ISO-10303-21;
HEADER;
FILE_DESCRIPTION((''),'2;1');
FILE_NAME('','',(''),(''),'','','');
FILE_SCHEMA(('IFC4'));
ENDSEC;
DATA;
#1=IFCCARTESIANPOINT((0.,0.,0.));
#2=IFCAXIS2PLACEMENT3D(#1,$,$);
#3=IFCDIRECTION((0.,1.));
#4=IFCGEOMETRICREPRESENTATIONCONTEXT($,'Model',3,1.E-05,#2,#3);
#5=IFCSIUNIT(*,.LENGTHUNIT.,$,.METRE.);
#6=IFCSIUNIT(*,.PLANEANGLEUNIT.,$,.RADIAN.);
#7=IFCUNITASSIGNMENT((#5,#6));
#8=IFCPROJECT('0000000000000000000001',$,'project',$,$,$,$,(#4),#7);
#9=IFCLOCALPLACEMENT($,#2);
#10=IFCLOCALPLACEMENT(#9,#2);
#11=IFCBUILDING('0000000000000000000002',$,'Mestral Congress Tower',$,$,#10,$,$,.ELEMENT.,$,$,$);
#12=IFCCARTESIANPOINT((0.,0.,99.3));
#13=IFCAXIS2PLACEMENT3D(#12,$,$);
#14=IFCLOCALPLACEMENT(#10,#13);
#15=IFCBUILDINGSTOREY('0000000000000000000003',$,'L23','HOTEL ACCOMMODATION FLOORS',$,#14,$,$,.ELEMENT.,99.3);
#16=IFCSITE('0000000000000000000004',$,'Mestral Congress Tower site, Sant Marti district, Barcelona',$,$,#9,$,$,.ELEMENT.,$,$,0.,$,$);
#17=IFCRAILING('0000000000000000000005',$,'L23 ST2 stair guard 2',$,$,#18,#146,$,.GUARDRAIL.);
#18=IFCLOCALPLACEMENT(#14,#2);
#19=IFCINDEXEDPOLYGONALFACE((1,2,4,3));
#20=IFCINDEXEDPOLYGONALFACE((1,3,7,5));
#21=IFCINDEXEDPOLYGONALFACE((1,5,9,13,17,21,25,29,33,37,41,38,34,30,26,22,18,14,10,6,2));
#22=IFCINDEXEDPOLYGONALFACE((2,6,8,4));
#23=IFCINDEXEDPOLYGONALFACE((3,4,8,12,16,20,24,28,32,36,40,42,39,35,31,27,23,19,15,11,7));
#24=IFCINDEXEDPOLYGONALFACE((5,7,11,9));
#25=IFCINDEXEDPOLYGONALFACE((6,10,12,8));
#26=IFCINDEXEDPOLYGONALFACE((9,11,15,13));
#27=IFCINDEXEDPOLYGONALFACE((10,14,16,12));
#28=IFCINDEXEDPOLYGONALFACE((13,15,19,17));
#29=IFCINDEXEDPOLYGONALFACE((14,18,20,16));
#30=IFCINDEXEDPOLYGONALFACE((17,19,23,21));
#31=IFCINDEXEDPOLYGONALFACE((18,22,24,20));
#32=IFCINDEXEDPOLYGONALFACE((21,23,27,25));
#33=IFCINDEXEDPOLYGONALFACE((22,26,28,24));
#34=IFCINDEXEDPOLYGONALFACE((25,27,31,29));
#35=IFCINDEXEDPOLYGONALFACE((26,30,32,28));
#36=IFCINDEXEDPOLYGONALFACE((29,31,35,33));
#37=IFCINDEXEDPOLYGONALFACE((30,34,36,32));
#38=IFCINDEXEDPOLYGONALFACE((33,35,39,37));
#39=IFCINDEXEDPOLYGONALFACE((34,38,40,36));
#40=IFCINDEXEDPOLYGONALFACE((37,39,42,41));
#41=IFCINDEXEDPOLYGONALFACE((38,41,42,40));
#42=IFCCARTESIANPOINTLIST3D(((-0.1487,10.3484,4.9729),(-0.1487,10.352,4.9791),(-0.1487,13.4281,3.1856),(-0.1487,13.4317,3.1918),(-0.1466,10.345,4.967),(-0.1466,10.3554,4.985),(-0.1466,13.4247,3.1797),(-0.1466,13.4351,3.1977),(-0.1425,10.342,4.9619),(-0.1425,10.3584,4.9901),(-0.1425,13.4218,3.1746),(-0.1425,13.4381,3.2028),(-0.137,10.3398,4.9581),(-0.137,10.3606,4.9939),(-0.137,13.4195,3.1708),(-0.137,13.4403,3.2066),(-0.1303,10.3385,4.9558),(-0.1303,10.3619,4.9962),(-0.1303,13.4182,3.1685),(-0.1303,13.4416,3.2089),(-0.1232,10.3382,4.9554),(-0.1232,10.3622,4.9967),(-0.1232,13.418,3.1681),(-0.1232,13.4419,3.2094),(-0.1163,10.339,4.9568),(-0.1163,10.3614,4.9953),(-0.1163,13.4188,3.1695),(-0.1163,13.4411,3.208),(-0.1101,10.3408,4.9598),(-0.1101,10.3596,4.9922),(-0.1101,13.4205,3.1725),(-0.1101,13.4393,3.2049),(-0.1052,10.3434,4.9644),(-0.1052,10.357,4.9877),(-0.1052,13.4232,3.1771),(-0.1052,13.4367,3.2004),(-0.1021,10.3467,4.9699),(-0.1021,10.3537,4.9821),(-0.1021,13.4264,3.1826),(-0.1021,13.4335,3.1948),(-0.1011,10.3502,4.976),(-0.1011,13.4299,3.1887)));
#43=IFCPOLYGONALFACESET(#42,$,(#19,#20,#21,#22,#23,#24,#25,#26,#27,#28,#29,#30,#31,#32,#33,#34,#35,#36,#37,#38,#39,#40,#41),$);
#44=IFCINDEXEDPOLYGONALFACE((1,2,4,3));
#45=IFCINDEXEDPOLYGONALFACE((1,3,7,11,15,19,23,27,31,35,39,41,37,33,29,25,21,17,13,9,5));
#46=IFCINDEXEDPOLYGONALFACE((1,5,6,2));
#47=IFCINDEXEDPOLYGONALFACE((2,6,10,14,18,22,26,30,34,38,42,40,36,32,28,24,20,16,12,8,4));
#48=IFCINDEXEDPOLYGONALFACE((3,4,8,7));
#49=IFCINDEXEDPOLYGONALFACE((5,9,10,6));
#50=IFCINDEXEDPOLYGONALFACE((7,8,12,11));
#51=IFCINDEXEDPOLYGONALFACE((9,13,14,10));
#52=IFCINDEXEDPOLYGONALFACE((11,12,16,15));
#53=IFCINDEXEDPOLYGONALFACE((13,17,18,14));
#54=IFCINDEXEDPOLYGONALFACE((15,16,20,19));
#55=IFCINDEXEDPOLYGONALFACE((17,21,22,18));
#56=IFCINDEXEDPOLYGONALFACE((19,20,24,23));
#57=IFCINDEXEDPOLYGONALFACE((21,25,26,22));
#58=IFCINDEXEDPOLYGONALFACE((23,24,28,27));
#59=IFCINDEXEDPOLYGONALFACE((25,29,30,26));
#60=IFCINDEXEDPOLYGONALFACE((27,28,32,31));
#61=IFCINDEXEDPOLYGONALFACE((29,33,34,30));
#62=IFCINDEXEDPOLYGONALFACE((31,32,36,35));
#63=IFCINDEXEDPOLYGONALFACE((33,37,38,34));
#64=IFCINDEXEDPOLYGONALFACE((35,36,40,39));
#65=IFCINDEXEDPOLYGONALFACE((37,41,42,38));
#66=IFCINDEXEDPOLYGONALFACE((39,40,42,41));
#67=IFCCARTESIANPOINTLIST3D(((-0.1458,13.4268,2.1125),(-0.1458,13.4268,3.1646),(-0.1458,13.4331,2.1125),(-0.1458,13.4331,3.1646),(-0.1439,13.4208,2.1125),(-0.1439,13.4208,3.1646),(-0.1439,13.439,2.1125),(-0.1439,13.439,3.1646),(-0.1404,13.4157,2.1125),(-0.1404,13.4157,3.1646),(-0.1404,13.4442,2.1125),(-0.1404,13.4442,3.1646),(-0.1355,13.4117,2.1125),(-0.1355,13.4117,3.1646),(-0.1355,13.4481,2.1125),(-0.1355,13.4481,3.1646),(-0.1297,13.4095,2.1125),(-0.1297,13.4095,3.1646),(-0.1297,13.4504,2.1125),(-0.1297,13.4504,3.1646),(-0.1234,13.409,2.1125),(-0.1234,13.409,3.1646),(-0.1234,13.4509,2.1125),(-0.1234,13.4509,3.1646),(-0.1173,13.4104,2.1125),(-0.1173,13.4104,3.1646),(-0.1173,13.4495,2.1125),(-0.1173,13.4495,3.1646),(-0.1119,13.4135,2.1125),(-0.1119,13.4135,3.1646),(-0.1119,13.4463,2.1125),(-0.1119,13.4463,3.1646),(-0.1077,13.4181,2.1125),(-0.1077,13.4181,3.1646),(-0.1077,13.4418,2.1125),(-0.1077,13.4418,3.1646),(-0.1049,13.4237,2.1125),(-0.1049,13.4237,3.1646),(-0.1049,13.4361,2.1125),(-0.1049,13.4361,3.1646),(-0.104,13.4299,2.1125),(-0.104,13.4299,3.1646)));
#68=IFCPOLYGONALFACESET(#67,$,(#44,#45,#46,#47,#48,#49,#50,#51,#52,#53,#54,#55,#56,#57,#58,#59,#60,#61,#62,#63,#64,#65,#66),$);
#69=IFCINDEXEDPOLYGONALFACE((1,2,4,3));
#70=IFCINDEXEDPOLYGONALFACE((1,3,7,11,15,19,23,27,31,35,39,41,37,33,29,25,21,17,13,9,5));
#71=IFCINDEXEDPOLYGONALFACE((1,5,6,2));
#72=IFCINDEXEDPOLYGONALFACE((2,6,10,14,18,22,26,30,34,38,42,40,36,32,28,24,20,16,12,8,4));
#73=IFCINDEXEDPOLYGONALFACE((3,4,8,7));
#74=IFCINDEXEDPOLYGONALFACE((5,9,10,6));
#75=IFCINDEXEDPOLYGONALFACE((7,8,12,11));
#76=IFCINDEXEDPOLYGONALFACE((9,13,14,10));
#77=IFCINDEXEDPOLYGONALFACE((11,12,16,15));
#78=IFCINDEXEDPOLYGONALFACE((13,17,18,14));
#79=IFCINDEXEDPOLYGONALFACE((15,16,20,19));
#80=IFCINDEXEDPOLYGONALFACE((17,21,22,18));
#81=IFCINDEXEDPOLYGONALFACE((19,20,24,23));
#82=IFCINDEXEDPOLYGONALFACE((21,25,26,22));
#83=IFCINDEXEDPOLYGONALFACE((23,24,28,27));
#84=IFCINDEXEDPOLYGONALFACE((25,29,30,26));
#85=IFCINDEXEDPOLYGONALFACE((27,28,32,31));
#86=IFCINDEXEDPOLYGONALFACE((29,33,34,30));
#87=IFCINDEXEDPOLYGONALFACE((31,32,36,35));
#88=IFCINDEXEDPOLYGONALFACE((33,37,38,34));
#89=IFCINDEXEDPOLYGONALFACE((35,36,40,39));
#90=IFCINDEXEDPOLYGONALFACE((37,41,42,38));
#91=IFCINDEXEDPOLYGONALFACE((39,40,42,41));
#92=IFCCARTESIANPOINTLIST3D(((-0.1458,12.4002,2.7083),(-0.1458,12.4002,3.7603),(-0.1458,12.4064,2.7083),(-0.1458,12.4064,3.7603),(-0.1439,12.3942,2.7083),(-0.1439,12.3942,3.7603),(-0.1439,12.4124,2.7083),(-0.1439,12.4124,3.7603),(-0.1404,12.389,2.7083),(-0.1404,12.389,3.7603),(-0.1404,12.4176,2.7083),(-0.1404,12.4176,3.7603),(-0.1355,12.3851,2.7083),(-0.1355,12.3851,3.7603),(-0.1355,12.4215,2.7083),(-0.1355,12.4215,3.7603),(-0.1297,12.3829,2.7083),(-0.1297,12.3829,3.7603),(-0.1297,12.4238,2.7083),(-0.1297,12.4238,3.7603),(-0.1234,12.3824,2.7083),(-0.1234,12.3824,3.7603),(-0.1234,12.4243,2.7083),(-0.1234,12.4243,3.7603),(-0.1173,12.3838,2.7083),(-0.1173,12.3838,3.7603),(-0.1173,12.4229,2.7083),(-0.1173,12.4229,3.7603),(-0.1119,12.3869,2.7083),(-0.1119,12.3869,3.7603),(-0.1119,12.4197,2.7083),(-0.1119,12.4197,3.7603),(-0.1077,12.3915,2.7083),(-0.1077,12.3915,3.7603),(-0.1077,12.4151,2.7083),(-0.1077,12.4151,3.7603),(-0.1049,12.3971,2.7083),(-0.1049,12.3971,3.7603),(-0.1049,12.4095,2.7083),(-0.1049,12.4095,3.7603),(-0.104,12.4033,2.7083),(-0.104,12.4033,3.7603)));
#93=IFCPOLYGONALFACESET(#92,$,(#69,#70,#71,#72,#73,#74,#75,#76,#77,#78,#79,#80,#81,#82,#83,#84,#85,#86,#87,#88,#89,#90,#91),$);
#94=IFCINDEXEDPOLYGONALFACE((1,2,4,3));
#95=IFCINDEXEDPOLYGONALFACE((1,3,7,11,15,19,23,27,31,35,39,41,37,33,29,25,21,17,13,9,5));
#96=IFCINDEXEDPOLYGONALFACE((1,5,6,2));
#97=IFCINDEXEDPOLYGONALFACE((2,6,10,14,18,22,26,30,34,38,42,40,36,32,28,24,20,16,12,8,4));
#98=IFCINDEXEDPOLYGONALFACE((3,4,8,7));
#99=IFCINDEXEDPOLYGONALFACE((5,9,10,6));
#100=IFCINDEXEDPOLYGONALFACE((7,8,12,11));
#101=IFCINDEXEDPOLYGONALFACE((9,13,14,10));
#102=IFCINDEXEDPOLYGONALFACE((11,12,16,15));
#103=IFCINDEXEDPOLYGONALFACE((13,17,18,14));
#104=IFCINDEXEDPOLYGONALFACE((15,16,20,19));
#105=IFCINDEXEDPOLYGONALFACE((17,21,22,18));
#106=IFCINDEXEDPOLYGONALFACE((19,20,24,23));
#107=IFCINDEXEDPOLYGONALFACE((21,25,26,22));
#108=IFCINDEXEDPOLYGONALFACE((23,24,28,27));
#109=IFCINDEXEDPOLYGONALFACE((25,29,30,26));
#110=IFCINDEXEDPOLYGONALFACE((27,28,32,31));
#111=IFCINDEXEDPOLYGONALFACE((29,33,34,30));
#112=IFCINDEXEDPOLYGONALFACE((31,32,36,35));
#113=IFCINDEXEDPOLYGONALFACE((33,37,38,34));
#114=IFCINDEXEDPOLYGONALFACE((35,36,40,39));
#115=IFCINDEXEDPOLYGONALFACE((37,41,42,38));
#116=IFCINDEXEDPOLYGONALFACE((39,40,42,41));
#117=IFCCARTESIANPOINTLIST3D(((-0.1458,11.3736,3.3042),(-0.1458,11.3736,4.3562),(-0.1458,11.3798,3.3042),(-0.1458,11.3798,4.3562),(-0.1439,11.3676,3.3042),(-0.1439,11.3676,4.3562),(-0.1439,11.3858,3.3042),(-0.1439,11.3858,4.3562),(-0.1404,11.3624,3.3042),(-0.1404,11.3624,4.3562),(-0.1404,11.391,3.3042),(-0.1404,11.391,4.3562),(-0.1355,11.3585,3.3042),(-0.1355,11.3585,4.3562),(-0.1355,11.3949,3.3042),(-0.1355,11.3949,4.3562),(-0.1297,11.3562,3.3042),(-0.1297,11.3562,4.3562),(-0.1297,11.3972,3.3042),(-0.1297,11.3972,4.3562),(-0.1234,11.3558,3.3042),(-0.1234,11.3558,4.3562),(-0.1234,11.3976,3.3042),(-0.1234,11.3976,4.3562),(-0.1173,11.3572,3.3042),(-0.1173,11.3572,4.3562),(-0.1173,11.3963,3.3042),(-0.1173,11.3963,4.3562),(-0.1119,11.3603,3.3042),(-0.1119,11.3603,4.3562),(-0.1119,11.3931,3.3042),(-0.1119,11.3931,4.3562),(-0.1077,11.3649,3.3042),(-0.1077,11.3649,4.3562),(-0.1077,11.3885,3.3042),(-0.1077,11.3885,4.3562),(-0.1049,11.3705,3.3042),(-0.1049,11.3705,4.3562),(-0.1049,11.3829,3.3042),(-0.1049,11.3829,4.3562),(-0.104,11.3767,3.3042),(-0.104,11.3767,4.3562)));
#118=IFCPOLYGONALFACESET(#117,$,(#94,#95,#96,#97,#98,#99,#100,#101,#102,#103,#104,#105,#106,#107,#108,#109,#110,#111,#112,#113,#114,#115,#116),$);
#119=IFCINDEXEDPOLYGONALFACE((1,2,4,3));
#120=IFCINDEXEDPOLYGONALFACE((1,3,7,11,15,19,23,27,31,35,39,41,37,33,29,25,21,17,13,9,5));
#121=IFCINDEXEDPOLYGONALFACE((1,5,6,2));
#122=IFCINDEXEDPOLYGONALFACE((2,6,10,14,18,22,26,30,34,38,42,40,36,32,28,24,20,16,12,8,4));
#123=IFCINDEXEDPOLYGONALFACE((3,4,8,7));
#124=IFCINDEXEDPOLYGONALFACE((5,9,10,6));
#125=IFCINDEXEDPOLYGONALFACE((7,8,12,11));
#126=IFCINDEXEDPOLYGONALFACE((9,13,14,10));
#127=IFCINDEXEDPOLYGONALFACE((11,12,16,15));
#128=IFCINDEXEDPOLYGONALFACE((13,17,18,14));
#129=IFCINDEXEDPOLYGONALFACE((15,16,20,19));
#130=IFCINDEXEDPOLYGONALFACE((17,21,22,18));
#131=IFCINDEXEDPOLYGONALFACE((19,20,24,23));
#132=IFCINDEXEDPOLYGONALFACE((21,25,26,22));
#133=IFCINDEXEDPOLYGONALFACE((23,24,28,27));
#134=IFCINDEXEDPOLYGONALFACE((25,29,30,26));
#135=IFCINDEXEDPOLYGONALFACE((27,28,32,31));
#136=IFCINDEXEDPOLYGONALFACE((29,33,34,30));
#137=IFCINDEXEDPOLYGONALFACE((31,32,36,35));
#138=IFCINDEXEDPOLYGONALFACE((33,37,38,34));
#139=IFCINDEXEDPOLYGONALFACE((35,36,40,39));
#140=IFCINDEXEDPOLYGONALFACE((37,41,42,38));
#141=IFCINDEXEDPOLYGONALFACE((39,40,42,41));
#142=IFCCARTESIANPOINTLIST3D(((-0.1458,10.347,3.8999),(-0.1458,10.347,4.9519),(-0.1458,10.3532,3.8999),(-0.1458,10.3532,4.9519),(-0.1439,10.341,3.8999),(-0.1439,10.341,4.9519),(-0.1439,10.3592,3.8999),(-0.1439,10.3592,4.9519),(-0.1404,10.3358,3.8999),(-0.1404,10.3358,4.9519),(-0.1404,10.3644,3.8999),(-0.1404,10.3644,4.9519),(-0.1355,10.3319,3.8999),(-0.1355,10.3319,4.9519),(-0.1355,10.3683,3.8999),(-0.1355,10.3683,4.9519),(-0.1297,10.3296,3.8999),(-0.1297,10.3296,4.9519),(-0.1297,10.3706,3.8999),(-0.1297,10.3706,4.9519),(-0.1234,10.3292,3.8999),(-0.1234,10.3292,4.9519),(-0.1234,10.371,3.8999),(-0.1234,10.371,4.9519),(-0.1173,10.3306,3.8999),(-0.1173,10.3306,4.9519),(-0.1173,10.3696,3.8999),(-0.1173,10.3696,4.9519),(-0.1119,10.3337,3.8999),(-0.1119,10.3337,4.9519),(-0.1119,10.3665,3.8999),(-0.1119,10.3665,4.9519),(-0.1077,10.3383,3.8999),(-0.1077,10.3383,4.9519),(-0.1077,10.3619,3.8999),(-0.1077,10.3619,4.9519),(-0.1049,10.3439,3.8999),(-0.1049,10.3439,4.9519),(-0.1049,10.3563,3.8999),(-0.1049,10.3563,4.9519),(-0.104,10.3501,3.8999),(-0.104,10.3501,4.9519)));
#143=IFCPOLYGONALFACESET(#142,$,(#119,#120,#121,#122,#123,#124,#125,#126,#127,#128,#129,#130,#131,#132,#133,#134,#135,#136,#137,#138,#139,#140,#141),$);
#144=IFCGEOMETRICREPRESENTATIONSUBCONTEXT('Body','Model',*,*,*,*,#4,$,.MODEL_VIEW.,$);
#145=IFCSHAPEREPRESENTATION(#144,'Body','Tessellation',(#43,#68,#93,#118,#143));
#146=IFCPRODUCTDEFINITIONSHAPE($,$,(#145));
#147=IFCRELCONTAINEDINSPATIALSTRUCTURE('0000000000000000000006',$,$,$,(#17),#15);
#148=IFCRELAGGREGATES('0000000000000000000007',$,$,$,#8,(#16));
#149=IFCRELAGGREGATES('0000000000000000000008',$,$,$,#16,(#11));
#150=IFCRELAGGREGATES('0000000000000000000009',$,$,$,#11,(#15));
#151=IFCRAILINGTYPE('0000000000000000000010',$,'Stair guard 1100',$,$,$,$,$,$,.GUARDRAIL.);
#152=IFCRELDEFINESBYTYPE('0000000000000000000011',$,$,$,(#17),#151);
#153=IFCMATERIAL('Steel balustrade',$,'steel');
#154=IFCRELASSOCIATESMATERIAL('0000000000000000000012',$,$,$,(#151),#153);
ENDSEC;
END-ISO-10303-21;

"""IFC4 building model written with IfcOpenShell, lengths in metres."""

from ifc_helpers import new_model, si_unit, direction, frame, origin, origin_2d, place, context, subcontext, project, spatial, circle, extrude, material, type_object, element, save


model = new_model("IFC4")

# Units and contexts
model_context = context("Model", 3, precision=1e-05, world=origin(), true_north=direction((0.0, 1.0)))
body_context = subcontext(model_context, "Body", "Model", "MODEL_VIEW")
ifc_project = project(units=[si_unit("LENGTHUNIT", "METRE"), si_unit("PLANEANGLEUNIT", "RADIAN")], contexts=[model_context])

# Site, building, storey
site_placement = place(None, origin())
site = spatial("IfcSite", under=ifc_project, at=site_placement, Name="Mestral Congress Tower site, Sant Marti district, Barcelona", CompositionType="ELEMENT", RefElevation=0.0)
building_placement = place(site_placement, origin())
building = spatial("IfcBuilding", under=site, at=building_placement, Name="Mestral Congress Tower", CompositionType="ELEMENT")
storey_placement = place(building_placement, frame((0.0, 0.0, 99.3)))
storey = spatial("IfcBuildingStorey", under=building, at=storey_placement, Name="L23", Description="HOTEL ACCOMMODATION FLOORS", CompositionType="ELEMENT", Elevation=99.3)

# Railing
ifc_material_1 = material(Name="Steel balustrade", Category="steel")
railing_type = type_object("IfcRailingType", Name="Stair guard 1100", PredefinedType="GUARDRAIL", material=ifc_material_1)
railing_placement = place(storey_placement, frame((-0.125, 13.4299, 2.1125)))
element("IfcRailing", 1, at=railing_placement, inside=storey, type_object=railing_type, Name="L23 ST2 stair guard 2", PredefinedType="GUARDRAIL", context=body_context, shape_type="SweptSolid", body=[
    extrude(circle(Radius=0.0239, at=origin_2d()), frame((0.0, 0.0, 1.0762), z_axis=(0.0, -0.864903, 0.501939), x_axis=(1.0, 0.0, 0.0)), (0.0, 0.0, 1.0), 3.5608),
    extrude(circle(Radius=0.021, at=origin_2d()), origin(), (0.0, 0.0, 1.0), 1.052),
    extrude(circle(Radius=0.021, at=origin_2d()), frame((0.0, -1.0266, 0.5957)), (0.0, 0.0, 1.0), 1.052),
    extrude(circle(Radius=0.021, at=origin_2d()), frame((0.0, -2.0532, 1.1917)), (0.0, 0.0, 1.0), 1.052),
    extrude(circle(Radius=0.021, at=origin_2d()), frame((0.0, -3.0798, 1.7874)), (0.0, 0.0, 1.0), 1.052),
])

save(model, "model.ifc")
